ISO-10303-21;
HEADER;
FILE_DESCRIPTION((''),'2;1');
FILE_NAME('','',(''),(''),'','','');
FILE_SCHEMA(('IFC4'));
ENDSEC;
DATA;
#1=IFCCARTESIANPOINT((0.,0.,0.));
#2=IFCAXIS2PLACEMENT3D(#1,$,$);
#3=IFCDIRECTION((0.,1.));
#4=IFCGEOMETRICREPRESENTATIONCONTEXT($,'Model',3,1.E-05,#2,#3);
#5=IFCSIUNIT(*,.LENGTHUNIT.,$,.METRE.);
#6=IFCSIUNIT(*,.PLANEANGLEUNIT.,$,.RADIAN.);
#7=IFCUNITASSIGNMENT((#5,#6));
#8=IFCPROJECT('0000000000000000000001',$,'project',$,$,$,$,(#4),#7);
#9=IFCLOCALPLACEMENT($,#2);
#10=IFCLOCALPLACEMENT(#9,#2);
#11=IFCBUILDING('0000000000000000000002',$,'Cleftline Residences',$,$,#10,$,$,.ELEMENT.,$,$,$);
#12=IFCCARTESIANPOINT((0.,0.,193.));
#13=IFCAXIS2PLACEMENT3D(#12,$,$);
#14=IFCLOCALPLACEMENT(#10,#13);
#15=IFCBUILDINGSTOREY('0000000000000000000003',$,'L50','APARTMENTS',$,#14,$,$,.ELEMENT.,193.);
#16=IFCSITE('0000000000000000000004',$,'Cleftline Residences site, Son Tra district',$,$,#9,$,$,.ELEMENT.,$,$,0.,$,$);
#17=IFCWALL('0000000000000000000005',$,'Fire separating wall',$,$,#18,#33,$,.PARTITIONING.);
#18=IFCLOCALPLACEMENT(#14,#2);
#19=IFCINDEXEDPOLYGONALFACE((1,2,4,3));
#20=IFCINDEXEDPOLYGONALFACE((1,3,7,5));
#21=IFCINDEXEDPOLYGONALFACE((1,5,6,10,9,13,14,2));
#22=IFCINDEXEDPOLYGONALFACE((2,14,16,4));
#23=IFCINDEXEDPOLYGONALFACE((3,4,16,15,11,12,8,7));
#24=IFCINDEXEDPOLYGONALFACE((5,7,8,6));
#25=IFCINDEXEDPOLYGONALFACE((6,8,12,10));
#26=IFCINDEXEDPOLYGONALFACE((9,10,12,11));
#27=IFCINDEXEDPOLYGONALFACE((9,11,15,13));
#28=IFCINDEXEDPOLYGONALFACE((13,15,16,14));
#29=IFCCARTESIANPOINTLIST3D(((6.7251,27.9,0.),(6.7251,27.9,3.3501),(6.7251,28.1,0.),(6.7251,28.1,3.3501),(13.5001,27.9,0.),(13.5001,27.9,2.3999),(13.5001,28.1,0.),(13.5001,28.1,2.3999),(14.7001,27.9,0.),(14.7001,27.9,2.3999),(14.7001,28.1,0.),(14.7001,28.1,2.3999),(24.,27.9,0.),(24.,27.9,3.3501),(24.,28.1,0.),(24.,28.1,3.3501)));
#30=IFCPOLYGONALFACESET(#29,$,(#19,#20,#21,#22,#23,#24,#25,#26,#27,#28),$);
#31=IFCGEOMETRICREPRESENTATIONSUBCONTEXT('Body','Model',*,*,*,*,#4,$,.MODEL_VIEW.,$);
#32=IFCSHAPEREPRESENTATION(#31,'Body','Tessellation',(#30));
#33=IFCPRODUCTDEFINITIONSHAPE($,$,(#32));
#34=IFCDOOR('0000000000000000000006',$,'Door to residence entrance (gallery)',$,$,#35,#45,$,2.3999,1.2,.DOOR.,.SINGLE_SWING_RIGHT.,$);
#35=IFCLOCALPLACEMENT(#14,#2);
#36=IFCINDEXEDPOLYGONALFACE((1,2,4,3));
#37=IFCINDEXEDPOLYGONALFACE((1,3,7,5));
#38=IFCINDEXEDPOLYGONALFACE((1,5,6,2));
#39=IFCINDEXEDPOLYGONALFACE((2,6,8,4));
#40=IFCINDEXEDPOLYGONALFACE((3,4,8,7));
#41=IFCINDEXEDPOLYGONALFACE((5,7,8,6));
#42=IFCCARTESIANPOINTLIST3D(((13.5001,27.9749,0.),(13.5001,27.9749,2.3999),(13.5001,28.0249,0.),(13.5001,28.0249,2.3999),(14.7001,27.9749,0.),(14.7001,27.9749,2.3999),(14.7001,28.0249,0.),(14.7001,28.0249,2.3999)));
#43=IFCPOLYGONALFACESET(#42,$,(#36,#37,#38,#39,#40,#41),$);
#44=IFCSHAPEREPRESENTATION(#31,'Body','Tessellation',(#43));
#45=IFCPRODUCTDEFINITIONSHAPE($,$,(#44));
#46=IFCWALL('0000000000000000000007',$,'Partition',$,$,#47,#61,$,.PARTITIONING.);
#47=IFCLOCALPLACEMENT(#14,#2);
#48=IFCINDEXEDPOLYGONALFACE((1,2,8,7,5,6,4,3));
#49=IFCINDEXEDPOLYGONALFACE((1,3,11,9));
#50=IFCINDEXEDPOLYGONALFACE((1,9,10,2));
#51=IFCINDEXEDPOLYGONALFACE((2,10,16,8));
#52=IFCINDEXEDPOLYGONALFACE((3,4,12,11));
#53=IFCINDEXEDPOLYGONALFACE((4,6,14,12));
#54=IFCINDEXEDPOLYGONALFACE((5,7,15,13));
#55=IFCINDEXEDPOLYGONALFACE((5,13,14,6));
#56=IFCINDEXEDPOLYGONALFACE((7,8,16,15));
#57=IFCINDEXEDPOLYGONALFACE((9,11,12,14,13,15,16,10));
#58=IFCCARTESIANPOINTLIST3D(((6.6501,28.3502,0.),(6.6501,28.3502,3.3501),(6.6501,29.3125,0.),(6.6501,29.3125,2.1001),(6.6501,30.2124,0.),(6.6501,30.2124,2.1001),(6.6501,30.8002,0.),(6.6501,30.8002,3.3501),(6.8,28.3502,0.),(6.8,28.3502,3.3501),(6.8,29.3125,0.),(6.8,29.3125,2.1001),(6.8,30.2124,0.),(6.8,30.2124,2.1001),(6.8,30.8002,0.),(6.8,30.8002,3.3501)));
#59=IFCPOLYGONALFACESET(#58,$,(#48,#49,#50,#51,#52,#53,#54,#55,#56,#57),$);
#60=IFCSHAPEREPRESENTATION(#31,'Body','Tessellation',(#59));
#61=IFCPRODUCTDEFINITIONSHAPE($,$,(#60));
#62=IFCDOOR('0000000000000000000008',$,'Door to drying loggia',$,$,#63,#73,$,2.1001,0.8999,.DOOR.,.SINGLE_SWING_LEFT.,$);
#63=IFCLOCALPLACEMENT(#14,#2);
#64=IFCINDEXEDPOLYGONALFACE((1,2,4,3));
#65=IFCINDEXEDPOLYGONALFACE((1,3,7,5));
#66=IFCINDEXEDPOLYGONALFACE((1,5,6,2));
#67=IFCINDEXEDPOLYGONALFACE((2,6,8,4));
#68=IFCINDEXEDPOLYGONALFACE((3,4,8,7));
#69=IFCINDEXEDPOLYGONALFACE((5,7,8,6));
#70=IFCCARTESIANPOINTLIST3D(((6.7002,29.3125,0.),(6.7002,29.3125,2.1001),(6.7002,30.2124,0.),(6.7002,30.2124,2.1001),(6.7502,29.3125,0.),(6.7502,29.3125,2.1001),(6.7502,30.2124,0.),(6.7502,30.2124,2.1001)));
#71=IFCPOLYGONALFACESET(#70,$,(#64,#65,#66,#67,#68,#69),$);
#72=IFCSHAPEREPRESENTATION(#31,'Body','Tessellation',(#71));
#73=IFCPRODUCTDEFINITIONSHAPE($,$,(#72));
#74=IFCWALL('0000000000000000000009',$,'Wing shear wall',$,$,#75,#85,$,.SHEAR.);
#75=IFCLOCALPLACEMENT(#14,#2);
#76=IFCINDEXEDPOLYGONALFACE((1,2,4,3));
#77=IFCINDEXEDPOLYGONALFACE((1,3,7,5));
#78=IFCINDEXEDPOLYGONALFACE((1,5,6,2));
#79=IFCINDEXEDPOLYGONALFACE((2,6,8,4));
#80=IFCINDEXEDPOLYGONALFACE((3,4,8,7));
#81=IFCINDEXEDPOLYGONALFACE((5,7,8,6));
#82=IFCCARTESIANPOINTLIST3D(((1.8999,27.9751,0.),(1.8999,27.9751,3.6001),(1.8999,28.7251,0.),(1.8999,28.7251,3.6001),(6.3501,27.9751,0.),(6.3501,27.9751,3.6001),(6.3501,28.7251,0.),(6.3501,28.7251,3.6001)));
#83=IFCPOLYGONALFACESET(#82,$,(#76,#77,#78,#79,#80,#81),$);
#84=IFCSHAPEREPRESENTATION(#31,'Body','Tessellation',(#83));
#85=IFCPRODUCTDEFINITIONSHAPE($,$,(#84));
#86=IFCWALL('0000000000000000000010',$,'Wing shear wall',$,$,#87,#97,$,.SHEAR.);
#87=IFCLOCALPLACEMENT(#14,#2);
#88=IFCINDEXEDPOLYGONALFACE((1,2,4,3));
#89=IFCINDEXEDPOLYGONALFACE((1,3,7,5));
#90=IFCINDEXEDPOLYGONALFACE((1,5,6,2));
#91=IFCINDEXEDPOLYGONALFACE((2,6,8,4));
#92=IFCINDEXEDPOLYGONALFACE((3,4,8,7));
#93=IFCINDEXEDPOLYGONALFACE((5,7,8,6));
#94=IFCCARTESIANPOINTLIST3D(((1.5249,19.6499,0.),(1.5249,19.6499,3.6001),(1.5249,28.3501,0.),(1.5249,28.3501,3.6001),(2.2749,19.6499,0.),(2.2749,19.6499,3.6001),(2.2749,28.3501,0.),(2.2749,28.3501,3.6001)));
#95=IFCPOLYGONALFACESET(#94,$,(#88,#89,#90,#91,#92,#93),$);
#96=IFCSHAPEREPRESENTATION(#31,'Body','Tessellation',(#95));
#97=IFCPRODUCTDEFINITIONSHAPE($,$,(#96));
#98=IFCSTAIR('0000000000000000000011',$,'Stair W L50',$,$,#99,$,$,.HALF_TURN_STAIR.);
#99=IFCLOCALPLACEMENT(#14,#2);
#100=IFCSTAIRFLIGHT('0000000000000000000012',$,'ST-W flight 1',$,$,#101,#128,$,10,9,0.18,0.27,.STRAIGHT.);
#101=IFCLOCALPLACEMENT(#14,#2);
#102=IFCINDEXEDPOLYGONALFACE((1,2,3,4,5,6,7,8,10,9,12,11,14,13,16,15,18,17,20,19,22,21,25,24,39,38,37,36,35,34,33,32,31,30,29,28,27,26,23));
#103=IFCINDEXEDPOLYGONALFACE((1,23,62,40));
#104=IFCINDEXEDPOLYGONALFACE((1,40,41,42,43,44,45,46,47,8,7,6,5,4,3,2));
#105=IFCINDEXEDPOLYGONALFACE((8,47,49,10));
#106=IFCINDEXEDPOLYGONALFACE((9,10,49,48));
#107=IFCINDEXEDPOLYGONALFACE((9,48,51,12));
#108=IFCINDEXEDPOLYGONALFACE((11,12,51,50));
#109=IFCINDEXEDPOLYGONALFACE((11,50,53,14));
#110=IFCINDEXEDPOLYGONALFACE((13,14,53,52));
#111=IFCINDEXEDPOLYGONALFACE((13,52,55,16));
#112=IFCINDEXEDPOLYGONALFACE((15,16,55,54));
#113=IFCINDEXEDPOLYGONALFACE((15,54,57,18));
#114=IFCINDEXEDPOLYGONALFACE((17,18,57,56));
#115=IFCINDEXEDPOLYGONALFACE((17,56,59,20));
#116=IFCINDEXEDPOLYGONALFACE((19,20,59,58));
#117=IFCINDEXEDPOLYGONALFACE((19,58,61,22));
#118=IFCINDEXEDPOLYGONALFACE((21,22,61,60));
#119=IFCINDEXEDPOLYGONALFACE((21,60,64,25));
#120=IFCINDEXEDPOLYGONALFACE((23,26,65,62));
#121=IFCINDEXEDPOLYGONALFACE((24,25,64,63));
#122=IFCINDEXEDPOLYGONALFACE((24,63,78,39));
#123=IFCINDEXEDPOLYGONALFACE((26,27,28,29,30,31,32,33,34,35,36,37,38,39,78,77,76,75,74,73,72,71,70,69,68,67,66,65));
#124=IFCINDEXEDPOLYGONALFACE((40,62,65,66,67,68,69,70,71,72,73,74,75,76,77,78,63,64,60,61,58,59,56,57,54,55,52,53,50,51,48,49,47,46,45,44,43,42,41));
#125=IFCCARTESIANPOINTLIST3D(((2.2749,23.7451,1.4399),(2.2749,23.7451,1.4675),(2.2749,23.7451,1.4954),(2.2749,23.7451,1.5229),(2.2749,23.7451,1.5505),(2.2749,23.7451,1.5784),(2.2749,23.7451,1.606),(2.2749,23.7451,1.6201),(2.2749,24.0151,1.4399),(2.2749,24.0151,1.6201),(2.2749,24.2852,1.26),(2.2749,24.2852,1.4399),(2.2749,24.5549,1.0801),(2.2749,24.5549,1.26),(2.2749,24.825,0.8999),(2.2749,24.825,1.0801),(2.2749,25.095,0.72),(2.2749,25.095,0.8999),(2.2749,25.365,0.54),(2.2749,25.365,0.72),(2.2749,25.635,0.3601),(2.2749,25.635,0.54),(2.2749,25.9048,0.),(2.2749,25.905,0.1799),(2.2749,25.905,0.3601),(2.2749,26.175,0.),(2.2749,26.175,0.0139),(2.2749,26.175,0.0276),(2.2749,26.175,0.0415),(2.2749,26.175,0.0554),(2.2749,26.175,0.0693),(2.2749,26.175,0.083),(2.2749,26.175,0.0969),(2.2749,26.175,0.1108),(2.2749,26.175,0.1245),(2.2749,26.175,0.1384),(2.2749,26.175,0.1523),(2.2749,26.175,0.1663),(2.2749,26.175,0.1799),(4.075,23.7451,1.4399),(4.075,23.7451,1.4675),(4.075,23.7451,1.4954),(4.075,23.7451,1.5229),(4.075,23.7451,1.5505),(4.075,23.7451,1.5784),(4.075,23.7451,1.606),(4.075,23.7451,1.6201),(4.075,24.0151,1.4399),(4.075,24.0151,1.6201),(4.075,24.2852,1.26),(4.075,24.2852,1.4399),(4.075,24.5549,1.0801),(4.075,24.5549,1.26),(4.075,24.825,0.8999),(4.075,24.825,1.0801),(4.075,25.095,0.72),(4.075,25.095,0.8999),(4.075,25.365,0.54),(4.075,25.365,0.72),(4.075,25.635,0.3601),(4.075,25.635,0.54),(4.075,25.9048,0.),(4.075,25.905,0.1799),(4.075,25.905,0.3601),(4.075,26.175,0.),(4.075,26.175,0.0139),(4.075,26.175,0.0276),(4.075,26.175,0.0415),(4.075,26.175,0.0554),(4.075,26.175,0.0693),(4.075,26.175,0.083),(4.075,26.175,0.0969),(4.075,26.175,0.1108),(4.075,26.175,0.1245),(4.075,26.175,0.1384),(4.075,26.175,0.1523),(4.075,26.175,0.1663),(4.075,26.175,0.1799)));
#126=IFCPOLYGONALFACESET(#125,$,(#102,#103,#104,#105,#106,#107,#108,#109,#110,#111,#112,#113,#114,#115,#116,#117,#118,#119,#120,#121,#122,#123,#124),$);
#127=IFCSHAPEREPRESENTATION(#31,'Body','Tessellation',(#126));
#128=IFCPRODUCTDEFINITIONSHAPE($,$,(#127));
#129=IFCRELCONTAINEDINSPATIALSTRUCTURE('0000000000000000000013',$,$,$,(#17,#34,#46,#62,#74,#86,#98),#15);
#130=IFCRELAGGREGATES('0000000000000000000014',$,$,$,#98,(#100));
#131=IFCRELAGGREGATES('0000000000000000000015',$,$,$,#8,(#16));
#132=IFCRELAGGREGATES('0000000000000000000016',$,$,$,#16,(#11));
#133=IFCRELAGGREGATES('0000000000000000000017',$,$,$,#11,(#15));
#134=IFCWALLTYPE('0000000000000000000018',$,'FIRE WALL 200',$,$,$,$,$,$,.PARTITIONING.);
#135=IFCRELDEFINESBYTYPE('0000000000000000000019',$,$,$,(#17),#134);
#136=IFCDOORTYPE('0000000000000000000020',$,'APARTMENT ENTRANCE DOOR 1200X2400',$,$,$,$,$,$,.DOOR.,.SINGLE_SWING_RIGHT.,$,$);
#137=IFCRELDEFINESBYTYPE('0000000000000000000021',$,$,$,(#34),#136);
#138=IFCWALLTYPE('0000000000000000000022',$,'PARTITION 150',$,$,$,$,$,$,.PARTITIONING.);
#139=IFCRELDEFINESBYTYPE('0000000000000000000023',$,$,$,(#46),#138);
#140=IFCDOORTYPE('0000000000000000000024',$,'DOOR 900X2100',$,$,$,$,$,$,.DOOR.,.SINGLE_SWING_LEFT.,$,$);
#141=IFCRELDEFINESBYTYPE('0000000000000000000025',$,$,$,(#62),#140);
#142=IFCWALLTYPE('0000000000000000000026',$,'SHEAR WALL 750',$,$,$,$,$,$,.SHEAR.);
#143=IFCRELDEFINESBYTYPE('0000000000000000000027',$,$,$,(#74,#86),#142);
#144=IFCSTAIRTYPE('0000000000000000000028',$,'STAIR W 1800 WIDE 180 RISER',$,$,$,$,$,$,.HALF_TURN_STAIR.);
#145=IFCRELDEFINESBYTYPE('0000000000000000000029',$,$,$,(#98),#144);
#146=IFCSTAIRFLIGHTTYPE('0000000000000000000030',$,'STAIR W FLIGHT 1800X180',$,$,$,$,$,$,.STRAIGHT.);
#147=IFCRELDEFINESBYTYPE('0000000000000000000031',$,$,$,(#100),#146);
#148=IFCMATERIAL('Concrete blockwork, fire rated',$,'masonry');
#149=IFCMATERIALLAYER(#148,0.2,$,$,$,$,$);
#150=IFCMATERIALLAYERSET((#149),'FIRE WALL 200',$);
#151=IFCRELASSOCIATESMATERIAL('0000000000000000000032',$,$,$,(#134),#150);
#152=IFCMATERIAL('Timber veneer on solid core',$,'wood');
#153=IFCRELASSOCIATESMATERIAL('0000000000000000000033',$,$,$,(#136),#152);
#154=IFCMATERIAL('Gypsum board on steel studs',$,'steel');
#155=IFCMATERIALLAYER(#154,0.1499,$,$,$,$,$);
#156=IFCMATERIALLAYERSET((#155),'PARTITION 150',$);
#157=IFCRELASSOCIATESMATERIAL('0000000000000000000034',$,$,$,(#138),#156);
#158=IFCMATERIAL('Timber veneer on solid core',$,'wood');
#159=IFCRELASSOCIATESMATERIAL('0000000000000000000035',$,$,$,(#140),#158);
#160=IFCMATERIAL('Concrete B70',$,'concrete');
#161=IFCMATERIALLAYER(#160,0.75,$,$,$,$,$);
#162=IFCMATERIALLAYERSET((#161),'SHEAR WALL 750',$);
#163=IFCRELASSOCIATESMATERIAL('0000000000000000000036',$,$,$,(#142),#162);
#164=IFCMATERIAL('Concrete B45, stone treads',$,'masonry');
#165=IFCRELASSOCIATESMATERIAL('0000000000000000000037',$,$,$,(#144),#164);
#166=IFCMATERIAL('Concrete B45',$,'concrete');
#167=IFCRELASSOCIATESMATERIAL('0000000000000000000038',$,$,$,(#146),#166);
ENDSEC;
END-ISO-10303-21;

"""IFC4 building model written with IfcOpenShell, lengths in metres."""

from ifc_helpers import new_model, si_unit, direction, frame, frame_2d, origin, place, context, subcontext, project, spatial, polyline, rectangle, outline, extrude, material, layer, layer_set, type_object, element, fill, aggregate, save


model = new_model("IFC4")

# Units and contexts
model_context = context("Model", 3, precision=1e-05, world=origin(), true_north=direction((0.0, 1.0)))
body_context = subcontext(model_context, "Body", "Model", "MODEL_VIEW")
ifc_project = project(units=[si_unit("LENGTHUNIT", "METRE"), si_unit("PLANEANGLEUNIT", "RADIAN")], contexts=[model_context])

# Site, building, storey
site_placement = place(None, origin())
site = spatial("IfcSite", under=ifc_project, at=site_placement, Name="Cleftline Residences site, Son Tra district", CompositionType="ELEMENT", RefElevation=0.0)
building_placement = place(site_placement, origin())
building = spatial("IfcBuilding", under=site, at=building_placement, Name="Cleftline Residences", CompositionType="ELEMENT")
storey_placement = place(building_placement, frame((0.0, 0.0, 193.0)))
storey = spatial("IfcBuildingStorey", under=building, at=storey_placement, Name="L50", Description="APARTMENTS", CompositionType="ELEMENT", Elevation=193.0)

# Shared definitions
ifc_material_1 = material(Name="Concrete blockwork, fire rated", Category="masonry")
ifc_layer_1 = layer(ifc_material_1, 0.2)
ifc_layer_set_1 = layer_set([ifc_layer_1], Name="FIRE WALL 200")
wall_type_1 = type_object("IfcWallType", Name="FIRE WALL 200", PredefinedType="PARTITIONING", material=ifc_layer_set_1)

# Walls, openings, doors
wall_1_placement = place(storey_placement, frame((6.7251, 28.0, 0.0), z_axis=(0.0, 0.0, 1.0), x_axis=(1.0, 0.0, 0.0)))
wall_1 = element("IfcWall", 1, at=wall_1_placement, inside=storey, type_object=wall_type_1, Name="Fire separating wall", PredefinedType="PARTITIONING", context=body_context, shape_type="SweptSolid", body=[
    extrude(rectangle(XDim=17.2749, YDim=0.2, at=frame_2d((8.6375, 0.0))), origin(), (0.0, 0.0, 1.0), 3.3501),
])
opening_1_placement = place(wall_1_placement, frame((6.7749, 0.0, 0.0)))
opening_1 = element("IfcOpeningElement", 2, at=opening_1_placement, cuts=wall_1, PredefinedType="OPENING", context=body_context, shape_type="SweptSolid", body=[
    extrude(rectangle(XDim=1.2, YDim=2.3999, at=frame_2d((0.6001, 1.2))), frame((0.0, 0.1099, 0.0), z_axis=(0.0, -1.0, 0.0), x_axis=(1.0, 0.0, 0.0)), (0.0, 0.0, 1.0), 0.22),
])
ifc_material_2 = material(Name="Timber veneer on solid core", Category="wood")
door_type_1 = type_object("IfcDoorType", Name="APARTMENT ENTRANCE DOOR 1200X2400", OperationType="SINGLE_SWING_RIGHT", PredefinedType="DOOR", material=ifc_material_2)
door_1_placement = place(opening_1_placement, origin())
door_1 = element("IfcDoor", 3, at=door_1_placement, inside=storey, type_object=door_type_1, Name="Door to residence entrance (gallery)", OperationType="SINGLE_SWING_RIGHT", OverallHeight=2.3999, OverallWidth=1.2, PredefinedType="DOOR", context=body_context, shape_type="SweptSolid", body=[
    extrude(rectangle(XDim=1.2, YDim=2.3999, at=frame_2d((0.6001, 1.2))), frame((0.0, 0.0249, 0.0), z_axis=(0.0, -1.0, 0.0), x_axis=(1.0, 0.0, 0.0)), (0.0, 0.0, 1.0), 0.05),
])
fill(opening_1, door_1)
ifc_material_3 = material(Name="Gypsum board on steel studs", Category="steel")
ifc_layer_2 = layer(ifc_material_3, 0.1499)
ifc_layer_set_2 = layer_set([ifc_layer_2], Name="PARTITION 150")
wall_type_2 = type_object("IfcWallType", Name="PARTITION 150", PredefinedType="PARTITIONING", material=ifc_layer_set_2)
wall_2_placement = place(storey_placement, frame((6.7251, 28.3501, 0.0), z_axis=(0.0, 0.0, 1.0), x_axis=(0.0, 1.0, 0.0)))
wall_2 = element("IfcWall", 4, at=wall_2_placement, inside=storey, type_object=wall_type_2, Name="Partition", PredefinedType="PARTITIONING", context=body_context, shape_type="SweptSolid", body=[
    extrude(rectangle(XDim=2.45, YDim=0.1499, at=frame_2d((1.2251, 0.0))), origin(), (0.0, 0.0, 1.0), 3.3501),
])
opening_2_placement = place(wall_2_placement, frame((0.9624, 0.0, 0.0)))
opening_2 = element("IfcOpeningElement", 5, at=opening_2_placement, cuts=wall_2, PredefinedType="OPENING", context=body_context, shape_type="SweptSolid", body=[
    extrude(rectangle(XDim=0.8999, YDim=2.1001, at=frame_2d((0.45, 1.05))), frame((0.0, 0.085, 0.0), z_axis=(0.0, -1.0, 0.0), x_axis=(1.0, 0.0, 0.0)), (0.0, 0.0, 1.0), 0.1699),
])
ifc_material_4 = material(Name="Timber veneer on solid core", Category="wood")
door_type_2 = type_object("IfcDoorType", Name="DOOR 900X2100", OperationType="SINGLE_SWING_LEFT", PredefinedType="DOOR", material=ifc_material_4)
door_2_placement = place(opening_2_placement, origin())
door_2 = element("IfcDoor", 6, at=door_2_placement, inside=storey, type_object=door_type_2, Name="Door to drying loggia", OperationType="SINGLE_SWING_LEFT", OverallHeight=2.1001, OverallWidth=0.8999, PredefinedType="DOOR", context=body_context, shape_type="SweptSolid", body=[
    extrude(rectangle(XDim=0.8999, YDim=2.1001, at=frame_2d((0.45, 1.05))), frame((0.0, 0.0249, 0.0), z_axis=(0.0, -1.0, 0.0), x_axis=(1.0, 0.0, 0.0)), (0.0, 0.0, 1.0), 0.05),
])
fill(opening_2, door_2)

# Walls
ifc_material_5 = material(Name="Concrete B70", Category="concrete")
ifc_layer_3 = layer(ifc_material_5, 0.75)
ifc_layer_set_3 = layer_set([ifc_layer_3], Name="SHEAR WALL 750")
wall_type_3 = type_object("IfcWallType", Name="SHEAR WALL 750", PredefinedType="SHEAR", material=ifc_layer_set_3)
wall_3_placement = place(storey_placement, frame((6.3501, 28.3501, 0.0), z_axis=(0.0, 0.0, 1.0), x_axis=(-1.0, 0.0, 0.0)))
element("IfcWall", 7, at=wall_3_placement, inside=storey, type_object=wall_type_3, Name="Wing shear wall", PredefinedType="SHEAR", context=body_context, shape_type="SweptSolid", body=[
    extrude(rectangle(XDim=4.4502, YDim=0.75, at=frame_2d((2.2251, 0.0))), origin(), (0.0, 0.0, 1.0), 3.6001),
])
wall_4_placement = place(storey_placement, frame((1.8999, 28.3501, 0.0), z_axis=(0.0, 0.0, 1.0), x_axis=(0.0, -1.0, 0.0)))
element("IfcWall", 8, at=wall_4_placement, inside=storey, type_object=wall_type_3, Name="Wing shear wall", PredefinedType="SHEAR", context=body_context, shape_type="SweptSolid", body=[
    extrude(rectangle(XDim=8.7002, YDim=0.75, at=frame_2d((4.3501, 0.0))), origin(), (0.0, 0.0, 1.0), 3.6001),
])

# Stair, stair flight
ifc_material_6 = material(Name="Concrete B45, stone treads", Category="masonry")
stair_type = type_object("IfcStairType", Name="STAIR W 1800 WIDE 180 RISER", PredefinedType="HALF_TURN_STAIR", material=ifc_material_6)
stair_placement = place(storey_placement, origin())
stair = element("IfcStair", 9, at=stair_placement, inside=storey, type_object=stair_type, Name="Stair W L50", PredefinedType="HALF_TURN_STAIR")
ifc_material_7 = material(Name="Concrete B45", Category="concrete")
stair_flight_type = type_object("IfcStairFlightType", Name="STAIR W FLIGHT 1800X180", PredefinedType="STRAIGHT", material=ifc_material_7)
stair_flight_1_placement = place(storey_placement, frame((3.175, 26.175, 0.0), z_axis=(0.0, 0.0, 1.0), x_axis=(0.0, -1.0, 0.0)))
stair_flight_1 = element("IfcStairFlight", 10, at=stair_flight_1_placement, type_object=stair_flight_type, Name="ST-W flight 1", NumberOfRisers=10, NumberOfTreads=9, PredefinedType="STRAIGHT", RiserHeight=0.18, TreadLength=0.27, context=body_context, shape_type="SweptSolid", body=[
    extrude(outline(polyline([(0.0, 0.0), (0.0, 0.0139), (0.0, 0.0276), (0.0, 0.0415), (0.0, 0.0554), (0.0, 0.0693), (0.0, 0.083), (0.0, 0.0969), (0.0, 0.1108), (0.0, 0.1245), (0.0, 0.1384), (0.0, 0.1523), (0.0, 0.1663), (0.0, 0.1799), (0.27, 0.1799), (0.27, 0.3601), (0.54, 0.3601), (0.54, 0.54), (0.8101, 0.54), (0.8101, 0.72), (1.0801, 0.72), (1.0801, 0.8999), (1.3501, 0.8999), (1.3501, 1.0801), (1.6201, 1.0801), (1.6201, 1.26), (1.8899, 1.26), (1.8899, 1.4399), (2.1599, 1.4399), (2.1599, 1.6201), (2.4299, 1.6201), (2.4299, 1.8), (2.4299, 1.7722), (2.4299, 1.7446), (2.4299, 1.7168), (2.4299, 1.6892), (2.4299, 1.6614), (2.4299, 1.6338), (2.4299, 1.606), (2.4299, 1.5784), (2.4299, 1.5505), (2.4299, 1.5229), (2.4299, 1.4954), (2.4299, 1.4675), (2.4299, 1.4399), (0.2703, 0.0), (0.0, 0.0)])), frame((0.0, 0.8999, 0.0), z_axis=(0.0, -1.0, 0.0), x_axis=(1.0, 0.0, 0.0)), (0.0, 0.0, 1.0), 1.8),
])
aggregate(stair, [stair_flight_1])

save(model, "model.ifc")
